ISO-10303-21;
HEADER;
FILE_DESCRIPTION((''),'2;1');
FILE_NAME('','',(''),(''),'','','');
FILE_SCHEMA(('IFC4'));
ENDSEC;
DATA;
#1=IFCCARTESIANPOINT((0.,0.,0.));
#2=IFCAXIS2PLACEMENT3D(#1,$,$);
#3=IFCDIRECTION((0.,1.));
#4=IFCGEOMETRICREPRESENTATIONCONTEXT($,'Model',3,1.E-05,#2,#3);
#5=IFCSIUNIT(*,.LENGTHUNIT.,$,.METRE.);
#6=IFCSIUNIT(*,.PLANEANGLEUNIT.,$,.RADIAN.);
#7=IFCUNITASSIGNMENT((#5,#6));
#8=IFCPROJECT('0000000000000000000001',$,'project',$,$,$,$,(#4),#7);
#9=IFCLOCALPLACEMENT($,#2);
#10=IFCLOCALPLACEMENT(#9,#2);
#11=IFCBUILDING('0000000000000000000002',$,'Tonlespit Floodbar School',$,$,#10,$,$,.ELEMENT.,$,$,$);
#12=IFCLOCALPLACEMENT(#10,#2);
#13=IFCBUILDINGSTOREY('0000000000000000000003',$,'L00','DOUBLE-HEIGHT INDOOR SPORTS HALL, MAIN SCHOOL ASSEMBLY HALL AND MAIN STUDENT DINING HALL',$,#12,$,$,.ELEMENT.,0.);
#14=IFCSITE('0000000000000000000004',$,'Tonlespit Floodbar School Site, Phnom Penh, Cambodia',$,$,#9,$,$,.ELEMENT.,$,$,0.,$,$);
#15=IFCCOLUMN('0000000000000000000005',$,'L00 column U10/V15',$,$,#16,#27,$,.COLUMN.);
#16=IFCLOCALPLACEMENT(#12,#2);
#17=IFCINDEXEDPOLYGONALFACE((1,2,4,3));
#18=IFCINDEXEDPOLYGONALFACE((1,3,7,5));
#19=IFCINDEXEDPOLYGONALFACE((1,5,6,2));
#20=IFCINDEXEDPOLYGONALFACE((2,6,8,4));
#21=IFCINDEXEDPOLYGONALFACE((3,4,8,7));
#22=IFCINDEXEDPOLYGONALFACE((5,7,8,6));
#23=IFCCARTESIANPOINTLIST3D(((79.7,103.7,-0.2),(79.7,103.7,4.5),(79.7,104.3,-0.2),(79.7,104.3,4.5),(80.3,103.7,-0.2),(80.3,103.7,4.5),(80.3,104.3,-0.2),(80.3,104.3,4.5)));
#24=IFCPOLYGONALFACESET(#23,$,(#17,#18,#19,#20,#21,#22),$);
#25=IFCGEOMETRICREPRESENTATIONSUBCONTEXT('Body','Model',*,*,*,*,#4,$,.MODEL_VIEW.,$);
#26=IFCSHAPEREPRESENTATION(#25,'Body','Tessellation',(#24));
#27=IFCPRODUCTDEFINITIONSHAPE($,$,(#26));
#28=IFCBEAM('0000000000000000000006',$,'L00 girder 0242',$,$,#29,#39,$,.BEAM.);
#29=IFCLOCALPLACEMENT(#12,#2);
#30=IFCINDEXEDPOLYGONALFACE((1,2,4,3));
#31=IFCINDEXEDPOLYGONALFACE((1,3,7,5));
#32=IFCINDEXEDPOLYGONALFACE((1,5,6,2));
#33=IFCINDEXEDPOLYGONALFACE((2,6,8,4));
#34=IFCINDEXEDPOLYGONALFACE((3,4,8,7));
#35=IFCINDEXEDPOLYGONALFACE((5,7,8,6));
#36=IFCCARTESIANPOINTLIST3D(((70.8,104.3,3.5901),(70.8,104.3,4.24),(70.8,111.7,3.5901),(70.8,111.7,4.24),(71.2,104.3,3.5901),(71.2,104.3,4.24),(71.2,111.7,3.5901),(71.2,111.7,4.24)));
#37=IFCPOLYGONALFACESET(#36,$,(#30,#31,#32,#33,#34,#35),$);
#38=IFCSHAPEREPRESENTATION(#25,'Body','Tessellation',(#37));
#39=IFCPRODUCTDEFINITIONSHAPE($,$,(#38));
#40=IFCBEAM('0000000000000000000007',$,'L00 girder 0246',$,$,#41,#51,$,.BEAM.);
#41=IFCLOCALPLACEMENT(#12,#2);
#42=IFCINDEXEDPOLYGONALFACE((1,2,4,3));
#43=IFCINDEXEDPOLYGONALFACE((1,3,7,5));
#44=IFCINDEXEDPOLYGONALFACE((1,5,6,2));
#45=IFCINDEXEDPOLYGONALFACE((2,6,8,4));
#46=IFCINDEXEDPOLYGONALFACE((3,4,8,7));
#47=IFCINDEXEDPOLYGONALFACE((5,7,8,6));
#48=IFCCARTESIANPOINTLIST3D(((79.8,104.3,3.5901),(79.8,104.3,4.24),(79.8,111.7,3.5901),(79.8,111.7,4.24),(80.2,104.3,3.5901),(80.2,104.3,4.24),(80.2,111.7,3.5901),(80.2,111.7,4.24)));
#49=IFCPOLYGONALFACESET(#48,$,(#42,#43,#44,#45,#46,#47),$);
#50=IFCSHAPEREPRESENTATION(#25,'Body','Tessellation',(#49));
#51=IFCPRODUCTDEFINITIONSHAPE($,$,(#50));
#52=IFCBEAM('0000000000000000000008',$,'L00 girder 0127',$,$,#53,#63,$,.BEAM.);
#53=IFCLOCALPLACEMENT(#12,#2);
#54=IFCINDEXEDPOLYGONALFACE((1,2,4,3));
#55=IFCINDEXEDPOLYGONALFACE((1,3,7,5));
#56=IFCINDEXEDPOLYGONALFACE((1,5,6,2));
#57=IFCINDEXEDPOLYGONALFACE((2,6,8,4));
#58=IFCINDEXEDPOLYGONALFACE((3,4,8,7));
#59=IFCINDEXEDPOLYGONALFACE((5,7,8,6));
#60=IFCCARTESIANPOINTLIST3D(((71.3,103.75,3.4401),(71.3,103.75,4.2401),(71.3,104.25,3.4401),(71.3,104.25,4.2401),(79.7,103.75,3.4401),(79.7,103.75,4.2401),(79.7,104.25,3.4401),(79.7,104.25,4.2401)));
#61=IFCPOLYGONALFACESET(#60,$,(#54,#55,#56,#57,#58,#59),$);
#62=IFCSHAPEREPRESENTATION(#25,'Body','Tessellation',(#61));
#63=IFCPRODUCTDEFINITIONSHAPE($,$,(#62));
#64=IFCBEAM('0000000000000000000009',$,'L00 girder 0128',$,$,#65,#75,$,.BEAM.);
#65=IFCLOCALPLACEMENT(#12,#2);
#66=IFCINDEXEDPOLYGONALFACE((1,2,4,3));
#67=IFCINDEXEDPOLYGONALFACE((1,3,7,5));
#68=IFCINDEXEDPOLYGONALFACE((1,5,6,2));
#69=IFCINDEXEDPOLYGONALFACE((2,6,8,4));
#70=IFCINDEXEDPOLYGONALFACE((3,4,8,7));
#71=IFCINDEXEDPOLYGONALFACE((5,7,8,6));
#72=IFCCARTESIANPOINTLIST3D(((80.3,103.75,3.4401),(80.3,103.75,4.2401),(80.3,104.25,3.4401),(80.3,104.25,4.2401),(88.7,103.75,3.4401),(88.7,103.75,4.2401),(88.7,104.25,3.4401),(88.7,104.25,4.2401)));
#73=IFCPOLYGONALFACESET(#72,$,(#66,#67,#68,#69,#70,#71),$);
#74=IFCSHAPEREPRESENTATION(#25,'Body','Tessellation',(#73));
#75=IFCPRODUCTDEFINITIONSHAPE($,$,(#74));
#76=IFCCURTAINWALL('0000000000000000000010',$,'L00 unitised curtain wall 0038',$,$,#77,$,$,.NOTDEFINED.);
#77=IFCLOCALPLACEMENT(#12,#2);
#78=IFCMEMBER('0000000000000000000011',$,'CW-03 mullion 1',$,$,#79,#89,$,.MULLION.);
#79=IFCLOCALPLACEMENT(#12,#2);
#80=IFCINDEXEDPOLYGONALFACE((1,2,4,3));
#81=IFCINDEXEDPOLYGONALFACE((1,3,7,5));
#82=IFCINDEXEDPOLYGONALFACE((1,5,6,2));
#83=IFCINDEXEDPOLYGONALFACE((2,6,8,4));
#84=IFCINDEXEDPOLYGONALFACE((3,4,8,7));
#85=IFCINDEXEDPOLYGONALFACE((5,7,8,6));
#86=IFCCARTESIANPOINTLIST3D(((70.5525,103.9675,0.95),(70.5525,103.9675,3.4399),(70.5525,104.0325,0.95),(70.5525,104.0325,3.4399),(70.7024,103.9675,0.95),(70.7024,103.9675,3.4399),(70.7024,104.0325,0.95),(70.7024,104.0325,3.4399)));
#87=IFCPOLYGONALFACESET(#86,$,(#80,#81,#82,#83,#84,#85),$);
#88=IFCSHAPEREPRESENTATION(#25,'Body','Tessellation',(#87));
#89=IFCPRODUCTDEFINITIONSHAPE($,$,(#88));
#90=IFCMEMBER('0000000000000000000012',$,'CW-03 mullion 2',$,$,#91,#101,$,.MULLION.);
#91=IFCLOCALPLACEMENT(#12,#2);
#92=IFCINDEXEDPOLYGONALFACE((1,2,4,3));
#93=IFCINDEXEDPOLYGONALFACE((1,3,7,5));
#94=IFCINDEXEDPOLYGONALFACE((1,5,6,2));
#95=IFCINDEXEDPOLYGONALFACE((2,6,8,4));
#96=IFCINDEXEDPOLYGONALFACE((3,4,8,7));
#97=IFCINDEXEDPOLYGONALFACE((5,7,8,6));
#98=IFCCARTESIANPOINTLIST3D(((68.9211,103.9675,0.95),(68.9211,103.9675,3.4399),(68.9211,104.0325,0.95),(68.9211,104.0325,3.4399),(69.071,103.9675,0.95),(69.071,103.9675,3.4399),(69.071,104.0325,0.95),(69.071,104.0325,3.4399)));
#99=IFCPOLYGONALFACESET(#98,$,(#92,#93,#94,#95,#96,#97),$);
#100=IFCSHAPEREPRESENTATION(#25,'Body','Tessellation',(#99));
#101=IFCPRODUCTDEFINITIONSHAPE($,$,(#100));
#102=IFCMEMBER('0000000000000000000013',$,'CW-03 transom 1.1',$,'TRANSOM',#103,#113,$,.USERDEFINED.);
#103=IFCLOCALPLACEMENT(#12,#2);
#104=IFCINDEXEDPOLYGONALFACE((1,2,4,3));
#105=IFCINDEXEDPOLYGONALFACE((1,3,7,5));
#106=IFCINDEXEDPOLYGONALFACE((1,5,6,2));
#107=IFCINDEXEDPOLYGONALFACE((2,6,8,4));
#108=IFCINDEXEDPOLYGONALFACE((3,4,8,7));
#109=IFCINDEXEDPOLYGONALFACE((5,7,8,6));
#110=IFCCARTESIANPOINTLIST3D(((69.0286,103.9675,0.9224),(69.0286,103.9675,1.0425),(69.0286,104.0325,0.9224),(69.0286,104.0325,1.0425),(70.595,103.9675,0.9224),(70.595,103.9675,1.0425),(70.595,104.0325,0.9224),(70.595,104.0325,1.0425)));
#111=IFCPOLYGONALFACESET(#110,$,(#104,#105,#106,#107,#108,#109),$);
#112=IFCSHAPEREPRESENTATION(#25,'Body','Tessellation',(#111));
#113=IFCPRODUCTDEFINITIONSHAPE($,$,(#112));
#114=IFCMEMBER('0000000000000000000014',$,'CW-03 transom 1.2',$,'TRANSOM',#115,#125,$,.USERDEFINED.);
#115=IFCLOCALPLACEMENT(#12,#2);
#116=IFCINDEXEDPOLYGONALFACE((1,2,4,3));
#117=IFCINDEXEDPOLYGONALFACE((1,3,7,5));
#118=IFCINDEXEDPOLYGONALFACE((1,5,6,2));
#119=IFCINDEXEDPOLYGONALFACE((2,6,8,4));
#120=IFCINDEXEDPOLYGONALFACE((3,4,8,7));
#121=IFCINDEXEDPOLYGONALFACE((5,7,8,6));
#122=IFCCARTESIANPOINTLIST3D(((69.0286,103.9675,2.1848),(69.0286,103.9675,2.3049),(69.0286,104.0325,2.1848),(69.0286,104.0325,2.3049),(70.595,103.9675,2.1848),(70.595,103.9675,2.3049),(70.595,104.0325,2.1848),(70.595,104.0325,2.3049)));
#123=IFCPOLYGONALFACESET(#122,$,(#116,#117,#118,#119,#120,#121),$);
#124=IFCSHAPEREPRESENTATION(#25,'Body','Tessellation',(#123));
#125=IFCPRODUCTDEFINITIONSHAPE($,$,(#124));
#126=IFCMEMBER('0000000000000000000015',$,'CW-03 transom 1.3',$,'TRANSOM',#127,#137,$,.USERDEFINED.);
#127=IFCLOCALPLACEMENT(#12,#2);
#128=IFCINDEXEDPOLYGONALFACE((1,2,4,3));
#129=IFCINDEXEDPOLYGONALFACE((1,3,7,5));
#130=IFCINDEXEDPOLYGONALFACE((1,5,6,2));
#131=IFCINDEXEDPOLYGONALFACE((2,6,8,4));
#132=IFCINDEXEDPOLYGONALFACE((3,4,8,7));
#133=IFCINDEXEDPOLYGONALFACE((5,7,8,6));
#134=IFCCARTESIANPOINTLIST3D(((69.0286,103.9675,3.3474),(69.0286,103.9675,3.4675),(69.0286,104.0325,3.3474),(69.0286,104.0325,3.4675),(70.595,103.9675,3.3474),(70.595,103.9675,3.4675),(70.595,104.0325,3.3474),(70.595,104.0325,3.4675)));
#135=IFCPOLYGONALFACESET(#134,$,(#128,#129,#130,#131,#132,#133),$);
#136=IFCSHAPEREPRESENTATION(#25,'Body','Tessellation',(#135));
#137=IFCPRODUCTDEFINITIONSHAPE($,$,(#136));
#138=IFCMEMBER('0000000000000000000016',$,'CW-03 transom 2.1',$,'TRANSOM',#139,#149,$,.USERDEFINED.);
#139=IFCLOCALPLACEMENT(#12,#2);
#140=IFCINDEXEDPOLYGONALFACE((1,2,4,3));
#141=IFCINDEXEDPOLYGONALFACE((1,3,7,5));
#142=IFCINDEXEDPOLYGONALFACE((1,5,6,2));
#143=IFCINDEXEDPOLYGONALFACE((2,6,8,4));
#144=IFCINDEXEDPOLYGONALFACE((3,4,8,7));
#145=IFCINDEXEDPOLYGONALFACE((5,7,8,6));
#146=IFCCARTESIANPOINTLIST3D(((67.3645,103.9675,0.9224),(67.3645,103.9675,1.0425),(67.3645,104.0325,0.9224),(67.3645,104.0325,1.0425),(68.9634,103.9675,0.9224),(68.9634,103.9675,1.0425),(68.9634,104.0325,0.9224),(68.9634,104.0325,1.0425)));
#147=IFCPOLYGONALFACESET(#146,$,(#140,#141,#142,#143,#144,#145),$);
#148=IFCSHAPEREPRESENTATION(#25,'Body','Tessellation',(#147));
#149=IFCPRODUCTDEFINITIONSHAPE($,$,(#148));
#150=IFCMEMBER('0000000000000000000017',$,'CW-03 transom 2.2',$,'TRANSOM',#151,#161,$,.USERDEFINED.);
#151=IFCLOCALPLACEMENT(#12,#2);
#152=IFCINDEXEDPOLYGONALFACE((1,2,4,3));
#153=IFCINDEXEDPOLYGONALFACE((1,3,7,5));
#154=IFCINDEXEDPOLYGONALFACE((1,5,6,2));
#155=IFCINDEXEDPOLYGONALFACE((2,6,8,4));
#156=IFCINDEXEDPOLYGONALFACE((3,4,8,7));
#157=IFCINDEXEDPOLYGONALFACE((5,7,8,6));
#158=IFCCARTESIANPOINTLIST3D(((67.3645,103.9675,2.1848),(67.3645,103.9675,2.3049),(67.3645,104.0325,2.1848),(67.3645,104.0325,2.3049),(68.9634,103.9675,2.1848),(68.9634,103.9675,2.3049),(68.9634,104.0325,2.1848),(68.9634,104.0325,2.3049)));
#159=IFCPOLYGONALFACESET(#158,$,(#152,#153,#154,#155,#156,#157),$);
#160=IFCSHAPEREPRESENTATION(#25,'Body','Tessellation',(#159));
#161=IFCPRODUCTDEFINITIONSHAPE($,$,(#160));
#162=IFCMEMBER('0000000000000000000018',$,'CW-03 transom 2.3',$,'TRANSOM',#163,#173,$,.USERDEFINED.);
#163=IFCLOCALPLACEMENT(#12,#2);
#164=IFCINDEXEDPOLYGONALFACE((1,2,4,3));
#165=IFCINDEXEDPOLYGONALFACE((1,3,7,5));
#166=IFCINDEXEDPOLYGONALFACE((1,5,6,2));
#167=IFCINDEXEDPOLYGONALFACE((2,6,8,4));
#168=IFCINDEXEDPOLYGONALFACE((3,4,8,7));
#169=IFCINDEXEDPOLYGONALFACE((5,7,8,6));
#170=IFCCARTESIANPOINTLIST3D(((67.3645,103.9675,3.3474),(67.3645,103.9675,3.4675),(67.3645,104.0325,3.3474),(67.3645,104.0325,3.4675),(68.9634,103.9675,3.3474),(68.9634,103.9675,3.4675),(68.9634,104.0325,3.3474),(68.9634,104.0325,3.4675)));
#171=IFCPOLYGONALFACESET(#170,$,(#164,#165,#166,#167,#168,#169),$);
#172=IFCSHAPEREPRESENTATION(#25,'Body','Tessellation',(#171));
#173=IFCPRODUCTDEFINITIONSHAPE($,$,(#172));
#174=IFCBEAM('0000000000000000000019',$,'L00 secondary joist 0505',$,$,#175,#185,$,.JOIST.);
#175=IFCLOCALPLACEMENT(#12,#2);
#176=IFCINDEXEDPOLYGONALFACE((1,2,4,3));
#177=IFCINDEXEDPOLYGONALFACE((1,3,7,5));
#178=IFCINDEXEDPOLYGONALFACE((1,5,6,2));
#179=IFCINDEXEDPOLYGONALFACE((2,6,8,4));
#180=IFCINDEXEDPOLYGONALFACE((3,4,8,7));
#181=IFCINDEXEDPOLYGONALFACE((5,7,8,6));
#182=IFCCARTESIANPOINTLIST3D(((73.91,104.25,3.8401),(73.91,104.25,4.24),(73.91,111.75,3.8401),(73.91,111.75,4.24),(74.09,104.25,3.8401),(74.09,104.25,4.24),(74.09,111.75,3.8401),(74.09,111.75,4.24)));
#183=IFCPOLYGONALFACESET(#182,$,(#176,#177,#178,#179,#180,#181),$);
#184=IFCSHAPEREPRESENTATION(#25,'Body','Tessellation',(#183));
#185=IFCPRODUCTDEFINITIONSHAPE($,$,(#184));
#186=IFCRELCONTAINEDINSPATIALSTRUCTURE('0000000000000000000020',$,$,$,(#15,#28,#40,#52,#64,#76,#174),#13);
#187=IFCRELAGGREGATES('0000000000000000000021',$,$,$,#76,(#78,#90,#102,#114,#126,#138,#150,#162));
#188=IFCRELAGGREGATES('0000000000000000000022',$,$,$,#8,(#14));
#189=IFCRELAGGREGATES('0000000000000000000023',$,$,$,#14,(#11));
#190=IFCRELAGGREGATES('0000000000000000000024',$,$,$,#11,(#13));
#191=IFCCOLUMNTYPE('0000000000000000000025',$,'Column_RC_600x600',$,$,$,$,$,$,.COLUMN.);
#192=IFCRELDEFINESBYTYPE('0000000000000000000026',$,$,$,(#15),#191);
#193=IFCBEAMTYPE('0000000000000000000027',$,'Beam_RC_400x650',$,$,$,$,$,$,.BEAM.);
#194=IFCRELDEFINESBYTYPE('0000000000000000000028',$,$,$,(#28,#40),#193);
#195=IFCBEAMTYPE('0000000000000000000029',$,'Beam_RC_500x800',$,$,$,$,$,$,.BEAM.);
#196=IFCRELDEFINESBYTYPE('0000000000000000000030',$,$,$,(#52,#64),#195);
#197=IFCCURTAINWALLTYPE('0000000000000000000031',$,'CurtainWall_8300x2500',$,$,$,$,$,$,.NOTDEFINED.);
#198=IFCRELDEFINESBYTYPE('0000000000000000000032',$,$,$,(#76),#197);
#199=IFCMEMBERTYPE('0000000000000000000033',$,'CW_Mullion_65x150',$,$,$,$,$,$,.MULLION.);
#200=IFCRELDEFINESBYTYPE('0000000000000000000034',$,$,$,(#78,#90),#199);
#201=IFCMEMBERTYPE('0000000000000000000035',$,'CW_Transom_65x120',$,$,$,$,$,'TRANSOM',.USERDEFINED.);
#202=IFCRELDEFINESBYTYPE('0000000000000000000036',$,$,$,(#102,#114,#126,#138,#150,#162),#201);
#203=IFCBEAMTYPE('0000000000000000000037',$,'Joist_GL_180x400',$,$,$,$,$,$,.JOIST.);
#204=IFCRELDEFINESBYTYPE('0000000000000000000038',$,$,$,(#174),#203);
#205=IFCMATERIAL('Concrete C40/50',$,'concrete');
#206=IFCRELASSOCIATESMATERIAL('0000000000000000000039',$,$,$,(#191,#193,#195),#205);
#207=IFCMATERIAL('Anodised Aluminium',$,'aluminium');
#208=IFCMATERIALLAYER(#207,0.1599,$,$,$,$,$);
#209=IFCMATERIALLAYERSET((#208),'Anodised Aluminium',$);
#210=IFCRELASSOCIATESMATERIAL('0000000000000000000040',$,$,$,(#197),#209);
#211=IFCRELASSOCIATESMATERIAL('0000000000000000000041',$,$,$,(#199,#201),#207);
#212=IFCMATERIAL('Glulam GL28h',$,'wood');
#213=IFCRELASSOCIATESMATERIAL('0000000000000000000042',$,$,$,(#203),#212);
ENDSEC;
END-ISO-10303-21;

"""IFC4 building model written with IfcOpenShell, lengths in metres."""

from ifc_helpers import new_model, si_unit, direction, frame, origin, origin_2d, place, context, subcontext, project, spatial, rectangle, extrude, material, layer, layer_set, material_profile, profile_set, type_object, element, aggregate, save


model = new_model("IFC4")

# Units and contexts
model_context = context("Model", 3, precision=1e-05, world=origin(), true_north=direction((0.0, 1.0)))
body_context = subcontext(model_context, "Body", "Model", "MODEL_VIEW")
ifc_project = project(units=[si_unit("LENGTHUNIT", "METRE"), si_unit("PLANEANGLEUNIT", "RADIAN")], contexts=[model_context])

# Site, building, storey
site_placement = place(None, origin())
site = spatial("IfcSite", under=ifc_project, at=site_placement, Name="Tonlespit Floodbar School Site, Phnom Penh, Cambodia", CompositionType="ELEMENT", RefElevation=0.0)
building_placement = place(site_placement, origin())
building = spatial("IfcBuilding", under=site, at=building_placement, Name="Tonlespit Floodbar School", CompositionType="ELEMENT")
storey_placement = place(building_placement, origin())
storey = spatial("IfcBuildingStorey", under=building, at=storey_placement, Name="L00", Description="DOUBLE-HEIGHT INDOOR SPORTS HALL, MAIN SCHOOL ASSEMBLY HALL AND MAIN STUDENT DINING HALL", CompositionType="ELEMENT", Elevation=0.0)

# Shared definitions
ifc_material_1 = material(Name="Concrete C40/50", Category="concrete")

# Column
ifc_material_profile_1 = material_profile(ifc_material_1, rectangle(XDim=0.6001, YDim=0.6001, at=origin_2d()), Name="RC 600x600")
ifc_profile_set_1 = profile_set([ifc_material_profile_1], Name="Concrete C40/50")
column_type = type_object("IfcColumnType", Name="Column_RC_600x600", PredefinedType="COLUMN", material=ifc_profile_set_1)
for number, where, z_axis, x_axis, name in (
    (1, (80.0, 104.0, -0.2), (0.0, 0.0, 1.0), (1.0, 0.0, 0.0), "L00 column U10/V15"),
):
    element("IfcColumn", number, at=place(storey_placement, frame(where, z_axis=z_axis, x_axis=x_axis)), inside=storey, type_object=column_type, Name=name, PredefinedType="COLUMN", context=body_context, shape_type="SweptSolid", body=[
        extrude(rectangle(XDim=0.6001, YDim=0.6001, at=origin_2d()), origin(), (0.0, 0.0, 1.0), 4.7),
    ])

# Beams
ifc_material_profile_2 = material_profile(ifc_material_1, rectangle(XDim=0.3999, YDim=0.6499, at=origin_2d()), Name="RC 400x650")
ifc_profile_set_2 = profile_set([ifc_material_profile_2], Name="Concrete C40/50")
beam_type_1 = type_object("IfcBeamType", Name="Beam_RC_400x650", PredefinedType="BEAM", material=ifc_profile_set_2)
for number, where, z_axis, x_axis, name in (
    (2, (71.0, 104.3, 3.915), (0.0, 1.0, 0.0), (-1.0, 0.0, 0.0), "L00 girder 0242"),
    (3, (80.0, 104.3, 3.915), (0.0, 1.0, 0.0), (-1.0, 0.0, 0.0), "L00 girder 0246"),
):
    element("IfcBeam", number, at=place(storey_placement, frame(where, z_axis=z_axis, x_axis=x_axis)), inside=storey, type_object=beam_type_1, Name=name, PredefinedType="BEAM", context=body_context, shape_type="SweptSolid", body=[
        extrude(rectangle(XDim=0.3999, YDim=0.6499, at=origin_2d()), origin(), (0.0, 0.0, 1.0), 7.3999),
    ])
ifc_material_profile_3 = material_profile(ifc_material_1, rectangle(XDim=0.5, YDim=0.8, at=origin_2d()), Name="RC 500x800")
ifc_profile_set_3 = profile_set([ifc_material_profile_3], Name="Concrete C40/50")
beam_type_2 = type_object("IfcBeamType", Name="Beam_RC_500x800", PredefinedType="BEAM", material=ifc_profile_set_3)
for number, where, z_axis, x_axis, name in (
    (4, (71.3, 104.0, 3.8401), (1.0, 0.0, 0.0), (0.0, 1.0, 0.0), "L00 girder 0127"),
    (5, (80.3, 104.0, 3.8401), (1.0, 0.0, 0.0), (0.0, 1.0, 0.0), "L00 girder 0128"),
):
    element("IfcBeam", number, at=place(storey_placement, frame(where, z_axis=z_axis, x_axis=x_axis)), inside=storey, type_object=beam_type_2, Name=name, PredefinedType="BEAM", context=body_context, shape_type="SweptSolid", body=[
        extrude(rectangle(XDim=0.5, YDim=0.8, at=origin_2d()), origin(), (0.0, 0.0, 1.0), 8.3999),
    ])

# Curtain wall, members
ifc_material_2 = material(Name="Anodised Aluminium", Category="aluminium")
ifc_layer_1 = layer(ifc_material_2, 0.1599)
ifc_layer_set_1 = layer_set([ifc_layer_1], Name="Anodised Aluminium")
curtain_wall_type = type_object("IfcCurtainWallType", Name="CurtainWall_8300x2500", PredefinedType="NOTDEFINED", material=ifc_layer_set_1)
curtain_wall_placement = place(storey_placement, origin())
curtain_wall = element("IfcCurtainWall", 6, at=curtain_wall_placement, inside=storey, type_object=curtain_wall_type, Name="L00 unitised curtain wall 0038", PredefinedType="NOTDEFINED")
ifc_material_profile_4 = material_profile(ifc_material_2, rectangle(XDim=0.0649, YDim=0.1499, at=origin_2d()), Name="ALU M65x150")
ifc_profile_set_4 = profile_set([ifc_material_profile_4], Name="Anodised Aluminium")
member_type_1 = type_object("IfcMemberType", Name="CW_Mullion_65x150", PredefinedType="MULLION", material=ifc_profile_set_4)
member_1_placement = place(storey_placement, frame((70.6274, 104.0, 0.95), z_axis=(0.0, 0.0, 1.0), x_axis=(0.0, -1.0, 0.0)))
member_1 = element("IfcMember", 7, at=member_1_placement, type_object=member_type_1, Name="CW-03 mullion 1", PredefinedType="MULLION", context=body_context, shape_type="SweptSolid", body=[
    extrude(rectangle(XDim=0.0649, YDim=0.1499, at=origin_2d()), origin(), (0.0, 0.0, 1.0), 2.49),
])
member_2_placement = place(storey_placement, frame((68.9961, 104.0, 0.95), z_axis=(0.0, 0.0, 1.0), x_axis=(0.0, -1.0, 0.0)))
member_2 = element("IfcMember", 8, at=member_2_placement, type_object=member_type_1, Name="CW-03 mullion 2", PredefinedType="MULLION", context=body_context, shape_type="SweptSolid", body=[
    extrude(rectangle(XDim=0.0649, YDim=0.1499, at=origin_2d()), origin(), (0.0, 0.0, 1.0), 2.49),
])
ifc_material_profile_5 = material_profile(ifc_material_2, rectangle(XDim=0.0649, YDim=0.1201, at=origin_2d()), Name="ALU T65x120")
ifc_profile_set_5 = profile_set([ifc_material_profile_5], Name="Anodised Aluminium")
member_type_2 = type_object("IfcMemberType", Name="CW_Transom_65x120", ElementType="TRANSOM", PredefinedType="USERDEFINED", material=ifc_profile_set_5)
member_3_placement = place(storey_placement, frame((70.595, 104.0, 0.9824), z_axis=(-1.0, 0.0, 0.0), x_axis=(0.0, -1.0, 0.0)))
member_3 = element("IfcMember", 9, at=member_3_placement, type_object=member_type_2, Name="CW-03 transom 1.1", ObjectType="TRANSOM", PredefinedType="USERDEFINED", context=body_context, shape_type="SweptSolid", body=[
    extrude(rectangle(XDim=0.0649, YDim=0.1201, at=origin_2d()), origin(), (0.0, 0.0, 1.0), 1.5664),
])
member_4_placement = place(storey_placement, frame((70.595, 104.0, 2.2449), z_axis=(-1.0, 0.0, 0.0), x_axis=(0.0, -1.0, 0.0)))
member_4 = element("IfcMember", 10, at=member_4_placement, type_object=member_type_2, Name="CW-03 transom 1.2", ObjectType="TRANSOM", PredefinedType="USERDEFINED", context=body_context, shape_type="SweptSolid", body=[
    extrude(rectangle(XDim=0.0649, YDim=0.1201, at=origin_2d()), origin(), (0.0, 0.0, 1.0), 1.5664),
])
member_5_placement = place(storey_placement, frame((70.595, 104.0, 3.4075), z_axis=(-1.0, 0.0, 0.0), x_axis=(0.0, -1.0, 0.0)))
member_5 = element("IfcMember", 11, at=member_5_placement, type_object=member_type_2, Name="CW-03 transom 1.3", ObjectType="TRANSOM", PredefinedType="USERDEFINED", context=body_context, shape_type="SweptSolid", body=[
    extrude(rectangle(XDim=0.0649, YDim=0.1201, at=origin_2d()), origin(), (0.0, 0.0, 1.0), 1.5664),
])
member_6_placement = place(storey_placement, frame((68.9634, 104.0, 0.9824), z_axis=(-1.0, 0.0, 0.0), x_axis=(0.0, -1.0, 0.0)))
member_6 = element("IfcMember", 12, at=member_6_placement, type_object=member_type_2, Name="CW-03 transom 2.1", ObjectType="TRANSOM", PredefinedType="USERDEFINED", context=body_context, shape_type="SweptSolid", body=[
    extrude(rectangle(XDim=0.0649, YDim=0.1201, at=origin_2d()), origin(), (0.0, 0.0, 1.0), 1.5989),
])
member_7_placement = place(storey_placement, frame((68.9634, 104.0, 2.2449), z_axis=(-1.0, 0.0, 0.0), x_axis=(0.0, -1.0, 0.0)))
member_7 = element("IfcMember", 13, at=member_7_placement, type_object=member_type_2, Name="CW-03 transom 2.2", ObjectType="TRANSOM", PredefinedType="USERDEFINED", context=body_context, shape_type="SweptSolid", body=[
    extrude(rectangle(XDim=0.0649, YDim=0.1201, at=origin_2d()), origin(), (0.0, 0.0, 1.0), 1.5989),
])
member_8_placement = place(storey_placement, frame((68.9634, 104.0, 3.4075), z_axis=(-1.0, 0.0, 0.0), x_axis=(0.0, -1.0, 0.0)))
member_8 = element("IfcMember", 14, at=member_8_placement, type_object=member_type_2, Name="CW-03 transom 2.3", ObjectType="TRANSOM", PredefinedType="USERDEFINED", context=body_context, shape_type="SweptSolid", body=[
    extrude(rectangle(XDim=0.0649, YDim=0.1201, at=origin_2d()), origin(), (0.0, 0.0, 1.0), 1.5989),
])

# Beam
ifc_material_3 = material(Name="Glulam GL28h", Category="wood")
ifc_material_profile_6 = material_profile(ifc_material_3, rectangle(XDim=0.1799, YDim=0.3999, at=origin_2d()), Name="GL 180x400")
ifc_profile_set_6 = profile_set([ifc_material_profile_6], Name="Glulam GL28h")
beam_type_3 = type_object("IfcBeamType", Name="Joist_GL_180x400", PredefinedType="JOIST", material=ifc_profile_set_6)
for number, where, z_axis, x_axis, name in (
    (15, (74.0, 104.25, 4.04), (0.0, 1.0, 0.0), (-1.0, 0.0, 0.0), "L00 secondary joist 0505"),
):
    element("IfcBeam", number, at=place(storey_placement, frame(where, z_axis=z_axis, x_axis=x_axis)), inside=storey, type_object=beam_type_3, Name=name, PredefinedType="JOIST", context=body_context, shape_type="SweptSolid", body=[
        extrude(rectangle(XDim=0.1799, YDim=0.3999, at=origin_2d()), origin(), (0.0, 0.0, 1.0), 7.5),
    ])

aggregate(curtain_wall, [member_1, member_2, member_3, member_4, member_5, member_6, member_7, member_8])

save(model, "model.ifc")
